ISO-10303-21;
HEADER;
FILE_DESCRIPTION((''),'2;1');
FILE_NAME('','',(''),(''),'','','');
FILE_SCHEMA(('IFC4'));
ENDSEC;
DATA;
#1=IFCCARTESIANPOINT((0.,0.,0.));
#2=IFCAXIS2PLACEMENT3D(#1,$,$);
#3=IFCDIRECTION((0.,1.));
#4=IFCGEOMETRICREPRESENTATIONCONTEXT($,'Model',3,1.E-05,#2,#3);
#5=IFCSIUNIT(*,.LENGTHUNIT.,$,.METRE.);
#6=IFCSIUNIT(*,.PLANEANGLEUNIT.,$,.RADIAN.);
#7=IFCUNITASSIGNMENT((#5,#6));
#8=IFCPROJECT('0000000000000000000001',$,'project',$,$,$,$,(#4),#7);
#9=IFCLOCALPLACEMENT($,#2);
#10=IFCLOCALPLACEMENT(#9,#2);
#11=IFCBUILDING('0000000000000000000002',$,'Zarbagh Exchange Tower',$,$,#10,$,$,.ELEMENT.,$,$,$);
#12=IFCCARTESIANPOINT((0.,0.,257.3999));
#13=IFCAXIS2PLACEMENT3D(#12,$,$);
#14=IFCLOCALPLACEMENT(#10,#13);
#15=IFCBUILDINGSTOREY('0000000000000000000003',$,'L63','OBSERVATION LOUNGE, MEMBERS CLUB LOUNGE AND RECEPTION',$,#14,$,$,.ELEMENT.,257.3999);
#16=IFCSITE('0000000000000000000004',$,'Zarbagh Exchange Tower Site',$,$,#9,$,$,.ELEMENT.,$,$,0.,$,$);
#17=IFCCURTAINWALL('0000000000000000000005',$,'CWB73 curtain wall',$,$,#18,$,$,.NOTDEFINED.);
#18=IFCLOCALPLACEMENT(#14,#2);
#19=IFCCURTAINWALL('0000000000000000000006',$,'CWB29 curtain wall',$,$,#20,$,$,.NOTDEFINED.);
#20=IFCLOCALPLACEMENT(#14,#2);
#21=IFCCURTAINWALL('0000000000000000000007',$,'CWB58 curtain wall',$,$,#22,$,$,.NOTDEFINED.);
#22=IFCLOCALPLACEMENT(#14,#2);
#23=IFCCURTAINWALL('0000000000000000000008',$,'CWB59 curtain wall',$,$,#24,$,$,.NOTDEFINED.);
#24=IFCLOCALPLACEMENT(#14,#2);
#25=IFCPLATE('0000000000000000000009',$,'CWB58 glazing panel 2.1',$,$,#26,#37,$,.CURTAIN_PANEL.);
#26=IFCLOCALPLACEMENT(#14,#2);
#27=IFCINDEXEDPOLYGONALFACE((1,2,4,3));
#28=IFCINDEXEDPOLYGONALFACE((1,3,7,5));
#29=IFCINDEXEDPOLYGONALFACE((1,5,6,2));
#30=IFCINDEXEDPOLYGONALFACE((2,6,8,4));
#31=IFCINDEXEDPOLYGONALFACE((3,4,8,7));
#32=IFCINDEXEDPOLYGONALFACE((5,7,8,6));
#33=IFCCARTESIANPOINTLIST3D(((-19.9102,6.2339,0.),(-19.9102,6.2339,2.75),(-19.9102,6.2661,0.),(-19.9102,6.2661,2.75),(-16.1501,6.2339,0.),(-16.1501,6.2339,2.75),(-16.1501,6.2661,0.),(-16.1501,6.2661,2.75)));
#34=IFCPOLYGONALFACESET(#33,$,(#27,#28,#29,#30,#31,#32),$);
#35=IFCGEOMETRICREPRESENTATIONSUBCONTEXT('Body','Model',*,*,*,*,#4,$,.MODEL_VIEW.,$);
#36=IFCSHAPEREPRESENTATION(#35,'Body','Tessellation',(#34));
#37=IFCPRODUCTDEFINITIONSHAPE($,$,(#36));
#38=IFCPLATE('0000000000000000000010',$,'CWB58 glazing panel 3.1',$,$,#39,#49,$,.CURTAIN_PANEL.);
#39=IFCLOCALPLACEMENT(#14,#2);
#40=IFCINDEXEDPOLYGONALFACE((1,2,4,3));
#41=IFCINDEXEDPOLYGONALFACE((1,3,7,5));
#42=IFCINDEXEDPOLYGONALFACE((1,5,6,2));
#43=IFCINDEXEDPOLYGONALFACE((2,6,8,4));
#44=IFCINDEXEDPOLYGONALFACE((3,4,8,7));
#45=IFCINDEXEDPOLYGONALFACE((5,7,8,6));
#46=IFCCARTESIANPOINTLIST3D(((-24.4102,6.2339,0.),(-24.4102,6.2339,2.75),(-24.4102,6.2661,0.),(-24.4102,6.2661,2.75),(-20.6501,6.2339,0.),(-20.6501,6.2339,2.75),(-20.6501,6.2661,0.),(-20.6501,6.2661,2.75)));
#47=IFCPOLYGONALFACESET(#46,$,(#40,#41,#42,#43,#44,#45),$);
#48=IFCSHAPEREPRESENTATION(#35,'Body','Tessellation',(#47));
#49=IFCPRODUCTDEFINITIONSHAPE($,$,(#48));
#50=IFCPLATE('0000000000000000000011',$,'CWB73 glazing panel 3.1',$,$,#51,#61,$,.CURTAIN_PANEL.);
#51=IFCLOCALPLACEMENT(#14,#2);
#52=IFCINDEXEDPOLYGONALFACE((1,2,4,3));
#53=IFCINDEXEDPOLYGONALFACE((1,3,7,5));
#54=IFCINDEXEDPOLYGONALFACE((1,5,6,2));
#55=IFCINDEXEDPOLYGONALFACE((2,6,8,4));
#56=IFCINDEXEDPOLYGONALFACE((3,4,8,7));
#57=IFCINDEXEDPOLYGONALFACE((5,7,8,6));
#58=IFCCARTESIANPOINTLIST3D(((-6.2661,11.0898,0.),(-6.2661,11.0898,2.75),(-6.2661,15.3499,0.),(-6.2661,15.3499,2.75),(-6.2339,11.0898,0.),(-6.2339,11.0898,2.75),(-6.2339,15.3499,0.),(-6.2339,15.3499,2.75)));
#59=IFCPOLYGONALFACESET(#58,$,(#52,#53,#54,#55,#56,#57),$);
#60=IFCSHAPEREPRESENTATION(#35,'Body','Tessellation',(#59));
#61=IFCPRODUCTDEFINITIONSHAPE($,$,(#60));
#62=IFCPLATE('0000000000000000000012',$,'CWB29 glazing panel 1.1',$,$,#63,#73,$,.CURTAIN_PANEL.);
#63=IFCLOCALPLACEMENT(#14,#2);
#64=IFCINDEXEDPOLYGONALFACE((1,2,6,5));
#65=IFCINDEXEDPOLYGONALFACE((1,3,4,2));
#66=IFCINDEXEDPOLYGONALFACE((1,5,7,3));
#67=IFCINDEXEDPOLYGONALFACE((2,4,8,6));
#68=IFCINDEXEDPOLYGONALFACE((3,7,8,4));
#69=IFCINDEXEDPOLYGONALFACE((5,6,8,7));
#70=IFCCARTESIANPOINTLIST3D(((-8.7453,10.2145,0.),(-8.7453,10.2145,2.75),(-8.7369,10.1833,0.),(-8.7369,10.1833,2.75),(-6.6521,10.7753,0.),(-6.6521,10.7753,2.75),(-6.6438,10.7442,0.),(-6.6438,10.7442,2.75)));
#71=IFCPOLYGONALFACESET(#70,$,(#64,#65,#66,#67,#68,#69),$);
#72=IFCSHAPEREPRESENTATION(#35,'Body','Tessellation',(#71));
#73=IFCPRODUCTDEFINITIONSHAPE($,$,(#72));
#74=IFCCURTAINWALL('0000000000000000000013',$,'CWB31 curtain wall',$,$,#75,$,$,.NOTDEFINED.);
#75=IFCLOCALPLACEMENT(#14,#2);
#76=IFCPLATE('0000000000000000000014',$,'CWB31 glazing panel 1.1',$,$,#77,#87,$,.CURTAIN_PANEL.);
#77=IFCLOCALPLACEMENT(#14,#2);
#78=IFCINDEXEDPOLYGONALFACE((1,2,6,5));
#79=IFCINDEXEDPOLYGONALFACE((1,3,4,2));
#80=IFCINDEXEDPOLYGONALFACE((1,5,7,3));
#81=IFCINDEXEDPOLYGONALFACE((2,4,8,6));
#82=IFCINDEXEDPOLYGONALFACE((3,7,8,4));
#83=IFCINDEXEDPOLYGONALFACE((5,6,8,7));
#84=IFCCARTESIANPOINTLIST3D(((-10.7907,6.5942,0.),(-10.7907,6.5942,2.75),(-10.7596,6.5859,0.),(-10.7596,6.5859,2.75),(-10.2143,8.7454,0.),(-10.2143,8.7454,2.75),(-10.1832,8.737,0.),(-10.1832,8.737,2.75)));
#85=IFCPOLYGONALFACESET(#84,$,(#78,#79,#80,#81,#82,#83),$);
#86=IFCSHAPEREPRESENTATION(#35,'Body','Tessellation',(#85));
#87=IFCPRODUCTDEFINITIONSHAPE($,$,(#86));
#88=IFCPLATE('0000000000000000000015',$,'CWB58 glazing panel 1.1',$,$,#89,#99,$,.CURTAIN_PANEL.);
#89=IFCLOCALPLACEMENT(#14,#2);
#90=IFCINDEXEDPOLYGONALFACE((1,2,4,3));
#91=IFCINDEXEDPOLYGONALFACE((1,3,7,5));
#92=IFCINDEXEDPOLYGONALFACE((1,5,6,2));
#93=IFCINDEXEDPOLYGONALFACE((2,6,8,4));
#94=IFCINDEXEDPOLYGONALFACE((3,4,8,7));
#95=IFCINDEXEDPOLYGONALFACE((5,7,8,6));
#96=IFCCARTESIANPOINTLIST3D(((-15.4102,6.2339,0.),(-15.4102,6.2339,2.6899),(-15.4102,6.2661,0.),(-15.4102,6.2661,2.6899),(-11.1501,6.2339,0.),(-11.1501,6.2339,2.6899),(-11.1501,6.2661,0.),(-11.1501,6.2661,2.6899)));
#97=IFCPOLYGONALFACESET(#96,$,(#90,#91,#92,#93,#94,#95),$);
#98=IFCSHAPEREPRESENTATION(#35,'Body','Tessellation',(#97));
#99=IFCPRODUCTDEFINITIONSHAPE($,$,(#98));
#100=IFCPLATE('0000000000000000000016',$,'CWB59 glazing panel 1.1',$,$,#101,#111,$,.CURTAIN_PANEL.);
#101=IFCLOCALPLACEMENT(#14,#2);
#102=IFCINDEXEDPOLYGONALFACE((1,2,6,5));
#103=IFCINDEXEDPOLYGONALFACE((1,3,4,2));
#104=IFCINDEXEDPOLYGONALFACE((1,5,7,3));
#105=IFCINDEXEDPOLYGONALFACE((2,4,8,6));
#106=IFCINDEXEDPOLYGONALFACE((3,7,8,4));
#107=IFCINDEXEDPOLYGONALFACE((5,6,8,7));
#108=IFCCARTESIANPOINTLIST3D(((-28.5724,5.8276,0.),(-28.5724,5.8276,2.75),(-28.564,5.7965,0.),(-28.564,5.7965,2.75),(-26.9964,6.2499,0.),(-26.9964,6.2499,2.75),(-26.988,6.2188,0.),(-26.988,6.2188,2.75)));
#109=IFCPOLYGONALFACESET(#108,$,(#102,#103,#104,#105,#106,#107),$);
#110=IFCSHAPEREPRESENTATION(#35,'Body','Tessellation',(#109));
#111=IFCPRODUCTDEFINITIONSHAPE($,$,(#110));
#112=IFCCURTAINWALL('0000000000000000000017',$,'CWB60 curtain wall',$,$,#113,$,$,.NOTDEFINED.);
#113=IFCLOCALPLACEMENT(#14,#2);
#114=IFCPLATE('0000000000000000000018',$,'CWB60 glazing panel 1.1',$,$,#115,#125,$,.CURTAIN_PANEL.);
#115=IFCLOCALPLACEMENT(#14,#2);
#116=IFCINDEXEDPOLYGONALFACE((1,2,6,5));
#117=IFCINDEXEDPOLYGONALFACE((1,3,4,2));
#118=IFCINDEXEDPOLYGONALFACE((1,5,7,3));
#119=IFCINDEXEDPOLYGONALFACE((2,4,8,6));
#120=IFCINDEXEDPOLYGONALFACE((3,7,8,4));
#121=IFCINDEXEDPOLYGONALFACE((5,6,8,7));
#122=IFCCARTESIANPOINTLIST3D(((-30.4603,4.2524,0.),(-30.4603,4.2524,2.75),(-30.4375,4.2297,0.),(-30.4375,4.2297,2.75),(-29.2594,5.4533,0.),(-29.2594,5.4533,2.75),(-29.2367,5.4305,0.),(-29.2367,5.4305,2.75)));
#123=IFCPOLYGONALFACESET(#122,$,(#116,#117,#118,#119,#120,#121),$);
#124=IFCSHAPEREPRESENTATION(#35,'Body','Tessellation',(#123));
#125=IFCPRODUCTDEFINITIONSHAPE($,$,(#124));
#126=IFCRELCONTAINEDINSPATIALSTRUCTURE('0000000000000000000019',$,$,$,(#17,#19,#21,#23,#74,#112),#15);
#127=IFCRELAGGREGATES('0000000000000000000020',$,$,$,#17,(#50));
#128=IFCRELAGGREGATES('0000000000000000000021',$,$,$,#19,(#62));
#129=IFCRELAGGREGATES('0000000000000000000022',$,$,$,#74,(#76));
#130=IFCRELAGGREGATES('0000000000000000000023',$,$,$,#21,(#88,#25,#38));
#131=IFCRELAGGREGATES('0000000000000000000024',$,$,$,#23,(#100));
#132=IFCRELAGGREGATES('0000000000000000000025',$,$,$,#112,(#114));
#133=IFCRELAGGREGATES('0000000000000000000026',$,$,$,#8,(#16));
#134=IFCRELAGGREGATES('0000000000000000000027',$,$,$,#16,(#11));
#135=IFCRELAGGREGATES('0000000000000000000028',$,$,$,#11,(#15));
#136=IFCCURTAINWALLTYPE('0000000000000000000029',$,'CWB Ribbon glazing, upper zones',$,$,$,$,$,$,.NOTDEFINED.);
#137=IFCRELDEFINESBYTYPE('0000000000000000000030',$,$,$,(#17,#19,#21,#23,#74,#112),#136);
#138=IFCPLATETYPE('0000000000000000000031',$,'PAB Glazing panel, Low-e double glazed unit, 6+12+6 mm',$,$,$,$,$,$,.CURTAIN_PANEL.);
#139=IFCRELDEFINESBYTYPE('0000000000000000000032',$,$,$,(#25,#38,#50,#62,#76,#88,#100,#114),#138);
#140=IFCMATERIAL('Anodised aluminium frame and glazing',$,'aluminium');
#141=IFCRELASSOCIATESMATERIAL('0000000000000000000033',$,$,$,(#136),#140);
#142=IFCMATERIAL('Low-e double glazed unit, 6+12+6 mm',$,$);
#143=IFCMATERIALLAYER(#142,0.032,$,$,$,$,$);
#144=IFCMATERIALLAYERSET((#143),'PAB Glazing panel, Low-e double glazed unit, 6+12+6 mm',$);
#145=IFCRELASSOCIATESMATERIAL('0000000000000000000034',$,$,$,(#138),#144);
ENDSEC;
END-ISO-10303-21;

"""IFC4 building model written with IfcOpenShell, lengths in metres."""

from ifc_helpers import new_model, si_unit, direction, frame, origin, place, context, subcontext, project, spatial, polyline, outline, extrude, source, transform, mapped, material, layer, layer_set, type_object, element, aggregate, save


model = new_model("IFC4")

# Units and contexts
model_context = context("Model", 3, precision=1e-05, world=origin(), true_north=direction((0.0, 1.0)))
body_context = subcontext(model_context, "Body", "Model", "MODEL_VIEW")
ifc_project = project(units=[si_unit("LENGTHUNIT", "METRE"), si_unit("PLANEANGLEUNIT", "RADIAN")], contexts=[model_context])

# Site, building, storey
site_placement = place(None, origin())
site = spatial("IfcSite", under=ifc_project, at=site_placement, Name="Zarbagh Exchange Tower Site", CompositionType="ELEMENT", RefElevation=0.0)
building_placement = place(site_placement, origin())
building = spatial("IfcBuilding", under=site, at=building_placement, Name="Zarbagh Exchange Tower", CompositionType="ELEMENT")
storey_placement = place(building_placement, frame((0.0, 0.0, 257.3999)))
storey = spatial("IfcBuildingStorey", under=building, at=storey_placement, Name="L63", Description="OBSERVATION LOUNGE, MEMBERS CLUB LOUNGE AND RECEPTION", CompositionType="ELEMENT", Elevation=257.3999)

# Curtain walls
ifc_material_1 = material(Name="Anodised aluminium frame and glazing", Category="aluminium")
curtain_wall_type = type_object("IfcCurtainWallType", Name="CWB Ribbon glazing, upper zones", PredefinedType="NOTDEFINED", material=ifc_material_1)
curtain_wall_1_placement = place(storey_placement, origin())
curtain_wall_1 = element("IfcCurtainWall", 1, at=curtain_wall_1_placement, inside=storey, type_object=curtain_wall_type, Name="CWB73 curtain wall", PredefinedType="NOTDEFINED")
placement = place(storey_placement, origin())
curtain_wall_2_placement = place(storey_placement, origin())
curtain_wall_2 = element("IfcCurtainWall", 2, at=curtain_wall_2_placement, inside=storey, type_object=curtain_wall_type, Name="CWB29 curtain wall", PredefinedType="NOTDEFINED")

# Curtain wall
curtain_wall_3_placement = place(storey_placement, origin())
curtain_wall_3 = element("IfcCurtainWall", 3, at=curtain_wall_3_placement, inside=storey, type_object=curtain_wall_type, Name="CWB58 curtain wall", PredefinedType="NOTDEFINED")

# Curtain wall
curtain_wall_4_placement = place(storey_placement, origin())
curtain_wall_4 = element("IfcCurtainWall", 4, at=curtain_wall_4_placement, inside=storey, type_object=curtain_wall_type, Name="CWB59 curtain wall", PredefinedType="NOTDEFINED")

# Shared definitions
ifc_material_2 = material(Name="Low-e double glazed unit, 6+12+6 mm")
ifc_layer = layer(ifc_material_2, 0.032)
ifc_layer_set = layer_set([ifc_layer], Name="PAB Glazing panel, Low-e double glazed unit, 6+12+6 mm")
plate_type = type_object("IfcPlateType", Name="PAB Glazing panel, Low-e double glazed unit, 6+12+6 mm", PredefinedType="CURTAIN_PANEL", material=ifc_layer_set)

# Plates
shared_shape_1 = source(origin(), body_context, "Body", "SweptSolid", [
    extrude(outline(polyline([(0.0, -0.0161), (3.76, -0.0161), (3.76, 0.0161), (0.0, 0.0161), (0.0, -0.0161)])), origin(), (0.0, 0.0, 1.0), 2.75),
])
plate_1 = element("IfcPlate", 5, at=placement, type_object=plate_type, Name="CWB58 glazing panel 2.1", PredefinedType="CURTAIN_PANEL", context=body_context, shape_type="MappedRepresentation", body=[
    mapped(shared_shape_1, transform((-16.1501, 6.25, 0.0), x_axis=(-1.0, 0.0, 0.0), y_axis=(0.0, -1.0, 0.0), z_axis=(0.0, 0.0, 1.0))),
])
plate_2 = element("IfcPlate", 6, at=placement, type_object=plate_type, Name="CWB58 glazing panel 3.1", PredefinedType="CURTAIN_PANEL", context=body_context, shape_type="MappedRepresentation", body=[
    mapped(shared_shape_1, transform((-20.6501, 6.25, 0.0), x_axis=(-1.0, 0.0, 0.0), y_axis=(0.0, -1.0, 0.0), z_axis=(0.0, 0.0, 1.0))),
])
shared_shape_2 = source(origin(), body_context, "Body", "SweptSolid", [
    extrude(outline(polyline([(0.0, -0.0161), (4.26, -0.0161), (4.26, 0.0161), (0.0, 0.0161), (0.0, -0.0161)])), origin(), (0.0, 0.0, 1.0), 2.75),
])
plate_3 = element("IfcPlate", 7, at=placement, type_object=plate_type, Name="CWB73 glazing panel 3.1", PredefinedType="CURTAIN_PANEL", context=body_context, shape_type="MappedRepresentation", body=[
    mapped(shared_shape_2, transform((-6.25, 15.3499, 0.0), x_axis=(0.0, -1.0, 0.0), y_axis=(1.0, 0.0, 0.0), z_axis=(0.0, 0.0, 1.0))),
])
aggregate(curtain_wall_1, [plate_3])
shared_shape_3 = source(origin(), body_context, "Body", "SweptSolid", [
    extrude(outline(polyline([(0.0, -0.0161), (2.167, -0.0161), (2.167, 0.0161), (0.0, 0.0161), (0.0, -0.0161)])), origin(), (0.0, 0.0, 1.0), 2.75),
])
plate_4 = element("IfcPlate", 8, at=placement, type_object=plate_type, Name="CWB29 glazing panel 1.1", PredefinedType="CURTAIN_PANEL", context=body_context, shape_type="MappedRepresentation", body=[
    mapped(shared_shape_3, transform((-6.6479, 10.7598, 0.0), x_axis=(-0.965924, -0.258825, 0.0), y_axis=(0.258825, -0.965924, 0.0), z_axis=(0.0, 0.0, 1.0))),
])
aggregate(curtain_wall_2, [plate_4])

# Curtain wall, plate
curtain_wall_5_placement = place(storey_placement, origin())
curtain_wall_5 = element("IfcCurtainWall", 9, at=curtain_wall_5_placement, inside=storey, type_object=curtain_wall_type, Name="CWB31 curtain wall", PredefinedType="NOTDEFINED")
shared_shape_4 = source(origin(), body_context, "Body", "SweptSolid", [
    extrude(outline(polyline([(0.0, -0.0161), (2.2271, -0.0161), (2.2271, 0.0161), (0.0, 0.0161), (0.0, -0.0161)])), origin(), (0.0, 0.0, 1.0), 2.75),
])
plate_5 = element("IfcPlate", 10, at=placement, type_object=plate_type, Name="CWB31 glazing panel 1.1", PredefinedType="CURTAIN_PANEL", context=body_context, shape_type="MappedRepresentation", body=[
    mapped(shared_shape_4, transform((-10.1987, 8.7412, 0.0), x_axis=(-0.258825, -0.965924, 0.0), y_axis=(0.965924, -0.258825, 0.0), z_axis=(0.0, 0.0, 1.0))),
])
aggregate(curtain_wall_5, [plate_5])

# Plates
shared_shape_5 = source(origin(), body_context, "Body", "SweptSolid", [
    extrude(outline(polyline([(0.0, -0.0161), (4.26, -0.0161), (4.26, 0.0161), (0.0, 0.0161), (0.0, -0.0161)])), origin(), (0.0, 0.0, 1.0), 2.6899),
])
plate_6 = element("IfcPlate", 11, at=placement, type_object=plate_type, Name="CWB58 glazing panel 1.1", PredefinedType="CURTAIN_PANEL", context=body_context, shape_type="MappedRepresentation", body=[
    mapped(shared_shape_5, transform((-11.1501, 6.25, 0.0), x_axis=(-1.0, 0.0, 0.0), y_axis=(0.0, -1.0, 0.0), z_axis=(0.0, 0.0, 1.0))),
])
aggregate(curtain_wall_3, [plate_6, plate_1, plate_2])
shared_shape_6 = source(origin(), body_context, "Body", "SweptSolid", [
    extrude(outline(polyline([(0.0, -0.0161), (1.6316, -0.0161), (1.6316, 0.0161), (0.0, 0.0161), (0.0, -0.0161)])), origin(), (0.0, 0.0, 1.0), 2.75),
])
plate_7 = element("IfcPlate", 12, at=placement, type_object=plate_type, Name="CWB59 glazing panel 1.1", PredefinedType="CURTAIN_PANEL", context=body_context, shape_type="MappedRepresentation", body=[
    mapped(shared_shape_6, transform((-26.9922, 6.2344, 0.0), x_axis=(-0.965924, -0.258825, 0.0), y_axis=(0.258825, -0.965924, 0.0), z_axis=(0.0, 0.0, 1.0))),
])
aggregate(curtain_wall_4, [plate_7])

# Curtain wall, plate
curtain_wall_6_placement = place(storey_placement, origin())
curtain_wall_6 = element("IfcCurtainWall", 13, at=curtain_wall_6_placement, inside=storey, type_object=curtain_wall_type, Name="CWB60 curtain wall", PredefinedType="NOTDEFINED")
shared_shape_7 = source(origin(), body_context, "Body", "SweptSolid", [
    extrude(outline(polyline([(0.0, -0.0161), (1.6982, -0.0161), (1.6982, 0.0161), (0.0, 0.0161), (0.0, -0.0161)])), origin(), (0.0, 0.0, 1.0), 2.75),
])
plate_8 = element("IfcPlate", 14, at=placement, type_object=plate_type, Name="CWB60 glazing panel 1.1", PredefinedType="CURTAIN_PANEL", context=body_context, shape_type="MappedRepresentation", body=[
    mapped(shared_shape_7, transform((-29.248, 5.4419, 0.0), x_axis=(-0.707107, -0.707107, 0.0), y_axis=(0.707107, -0.707107, 0.0), z_axis=(0.0, 0.0, 1.0))),
])
aggregate(curtain_wall_6, [plate_8])

save(model, "model.ifc")
